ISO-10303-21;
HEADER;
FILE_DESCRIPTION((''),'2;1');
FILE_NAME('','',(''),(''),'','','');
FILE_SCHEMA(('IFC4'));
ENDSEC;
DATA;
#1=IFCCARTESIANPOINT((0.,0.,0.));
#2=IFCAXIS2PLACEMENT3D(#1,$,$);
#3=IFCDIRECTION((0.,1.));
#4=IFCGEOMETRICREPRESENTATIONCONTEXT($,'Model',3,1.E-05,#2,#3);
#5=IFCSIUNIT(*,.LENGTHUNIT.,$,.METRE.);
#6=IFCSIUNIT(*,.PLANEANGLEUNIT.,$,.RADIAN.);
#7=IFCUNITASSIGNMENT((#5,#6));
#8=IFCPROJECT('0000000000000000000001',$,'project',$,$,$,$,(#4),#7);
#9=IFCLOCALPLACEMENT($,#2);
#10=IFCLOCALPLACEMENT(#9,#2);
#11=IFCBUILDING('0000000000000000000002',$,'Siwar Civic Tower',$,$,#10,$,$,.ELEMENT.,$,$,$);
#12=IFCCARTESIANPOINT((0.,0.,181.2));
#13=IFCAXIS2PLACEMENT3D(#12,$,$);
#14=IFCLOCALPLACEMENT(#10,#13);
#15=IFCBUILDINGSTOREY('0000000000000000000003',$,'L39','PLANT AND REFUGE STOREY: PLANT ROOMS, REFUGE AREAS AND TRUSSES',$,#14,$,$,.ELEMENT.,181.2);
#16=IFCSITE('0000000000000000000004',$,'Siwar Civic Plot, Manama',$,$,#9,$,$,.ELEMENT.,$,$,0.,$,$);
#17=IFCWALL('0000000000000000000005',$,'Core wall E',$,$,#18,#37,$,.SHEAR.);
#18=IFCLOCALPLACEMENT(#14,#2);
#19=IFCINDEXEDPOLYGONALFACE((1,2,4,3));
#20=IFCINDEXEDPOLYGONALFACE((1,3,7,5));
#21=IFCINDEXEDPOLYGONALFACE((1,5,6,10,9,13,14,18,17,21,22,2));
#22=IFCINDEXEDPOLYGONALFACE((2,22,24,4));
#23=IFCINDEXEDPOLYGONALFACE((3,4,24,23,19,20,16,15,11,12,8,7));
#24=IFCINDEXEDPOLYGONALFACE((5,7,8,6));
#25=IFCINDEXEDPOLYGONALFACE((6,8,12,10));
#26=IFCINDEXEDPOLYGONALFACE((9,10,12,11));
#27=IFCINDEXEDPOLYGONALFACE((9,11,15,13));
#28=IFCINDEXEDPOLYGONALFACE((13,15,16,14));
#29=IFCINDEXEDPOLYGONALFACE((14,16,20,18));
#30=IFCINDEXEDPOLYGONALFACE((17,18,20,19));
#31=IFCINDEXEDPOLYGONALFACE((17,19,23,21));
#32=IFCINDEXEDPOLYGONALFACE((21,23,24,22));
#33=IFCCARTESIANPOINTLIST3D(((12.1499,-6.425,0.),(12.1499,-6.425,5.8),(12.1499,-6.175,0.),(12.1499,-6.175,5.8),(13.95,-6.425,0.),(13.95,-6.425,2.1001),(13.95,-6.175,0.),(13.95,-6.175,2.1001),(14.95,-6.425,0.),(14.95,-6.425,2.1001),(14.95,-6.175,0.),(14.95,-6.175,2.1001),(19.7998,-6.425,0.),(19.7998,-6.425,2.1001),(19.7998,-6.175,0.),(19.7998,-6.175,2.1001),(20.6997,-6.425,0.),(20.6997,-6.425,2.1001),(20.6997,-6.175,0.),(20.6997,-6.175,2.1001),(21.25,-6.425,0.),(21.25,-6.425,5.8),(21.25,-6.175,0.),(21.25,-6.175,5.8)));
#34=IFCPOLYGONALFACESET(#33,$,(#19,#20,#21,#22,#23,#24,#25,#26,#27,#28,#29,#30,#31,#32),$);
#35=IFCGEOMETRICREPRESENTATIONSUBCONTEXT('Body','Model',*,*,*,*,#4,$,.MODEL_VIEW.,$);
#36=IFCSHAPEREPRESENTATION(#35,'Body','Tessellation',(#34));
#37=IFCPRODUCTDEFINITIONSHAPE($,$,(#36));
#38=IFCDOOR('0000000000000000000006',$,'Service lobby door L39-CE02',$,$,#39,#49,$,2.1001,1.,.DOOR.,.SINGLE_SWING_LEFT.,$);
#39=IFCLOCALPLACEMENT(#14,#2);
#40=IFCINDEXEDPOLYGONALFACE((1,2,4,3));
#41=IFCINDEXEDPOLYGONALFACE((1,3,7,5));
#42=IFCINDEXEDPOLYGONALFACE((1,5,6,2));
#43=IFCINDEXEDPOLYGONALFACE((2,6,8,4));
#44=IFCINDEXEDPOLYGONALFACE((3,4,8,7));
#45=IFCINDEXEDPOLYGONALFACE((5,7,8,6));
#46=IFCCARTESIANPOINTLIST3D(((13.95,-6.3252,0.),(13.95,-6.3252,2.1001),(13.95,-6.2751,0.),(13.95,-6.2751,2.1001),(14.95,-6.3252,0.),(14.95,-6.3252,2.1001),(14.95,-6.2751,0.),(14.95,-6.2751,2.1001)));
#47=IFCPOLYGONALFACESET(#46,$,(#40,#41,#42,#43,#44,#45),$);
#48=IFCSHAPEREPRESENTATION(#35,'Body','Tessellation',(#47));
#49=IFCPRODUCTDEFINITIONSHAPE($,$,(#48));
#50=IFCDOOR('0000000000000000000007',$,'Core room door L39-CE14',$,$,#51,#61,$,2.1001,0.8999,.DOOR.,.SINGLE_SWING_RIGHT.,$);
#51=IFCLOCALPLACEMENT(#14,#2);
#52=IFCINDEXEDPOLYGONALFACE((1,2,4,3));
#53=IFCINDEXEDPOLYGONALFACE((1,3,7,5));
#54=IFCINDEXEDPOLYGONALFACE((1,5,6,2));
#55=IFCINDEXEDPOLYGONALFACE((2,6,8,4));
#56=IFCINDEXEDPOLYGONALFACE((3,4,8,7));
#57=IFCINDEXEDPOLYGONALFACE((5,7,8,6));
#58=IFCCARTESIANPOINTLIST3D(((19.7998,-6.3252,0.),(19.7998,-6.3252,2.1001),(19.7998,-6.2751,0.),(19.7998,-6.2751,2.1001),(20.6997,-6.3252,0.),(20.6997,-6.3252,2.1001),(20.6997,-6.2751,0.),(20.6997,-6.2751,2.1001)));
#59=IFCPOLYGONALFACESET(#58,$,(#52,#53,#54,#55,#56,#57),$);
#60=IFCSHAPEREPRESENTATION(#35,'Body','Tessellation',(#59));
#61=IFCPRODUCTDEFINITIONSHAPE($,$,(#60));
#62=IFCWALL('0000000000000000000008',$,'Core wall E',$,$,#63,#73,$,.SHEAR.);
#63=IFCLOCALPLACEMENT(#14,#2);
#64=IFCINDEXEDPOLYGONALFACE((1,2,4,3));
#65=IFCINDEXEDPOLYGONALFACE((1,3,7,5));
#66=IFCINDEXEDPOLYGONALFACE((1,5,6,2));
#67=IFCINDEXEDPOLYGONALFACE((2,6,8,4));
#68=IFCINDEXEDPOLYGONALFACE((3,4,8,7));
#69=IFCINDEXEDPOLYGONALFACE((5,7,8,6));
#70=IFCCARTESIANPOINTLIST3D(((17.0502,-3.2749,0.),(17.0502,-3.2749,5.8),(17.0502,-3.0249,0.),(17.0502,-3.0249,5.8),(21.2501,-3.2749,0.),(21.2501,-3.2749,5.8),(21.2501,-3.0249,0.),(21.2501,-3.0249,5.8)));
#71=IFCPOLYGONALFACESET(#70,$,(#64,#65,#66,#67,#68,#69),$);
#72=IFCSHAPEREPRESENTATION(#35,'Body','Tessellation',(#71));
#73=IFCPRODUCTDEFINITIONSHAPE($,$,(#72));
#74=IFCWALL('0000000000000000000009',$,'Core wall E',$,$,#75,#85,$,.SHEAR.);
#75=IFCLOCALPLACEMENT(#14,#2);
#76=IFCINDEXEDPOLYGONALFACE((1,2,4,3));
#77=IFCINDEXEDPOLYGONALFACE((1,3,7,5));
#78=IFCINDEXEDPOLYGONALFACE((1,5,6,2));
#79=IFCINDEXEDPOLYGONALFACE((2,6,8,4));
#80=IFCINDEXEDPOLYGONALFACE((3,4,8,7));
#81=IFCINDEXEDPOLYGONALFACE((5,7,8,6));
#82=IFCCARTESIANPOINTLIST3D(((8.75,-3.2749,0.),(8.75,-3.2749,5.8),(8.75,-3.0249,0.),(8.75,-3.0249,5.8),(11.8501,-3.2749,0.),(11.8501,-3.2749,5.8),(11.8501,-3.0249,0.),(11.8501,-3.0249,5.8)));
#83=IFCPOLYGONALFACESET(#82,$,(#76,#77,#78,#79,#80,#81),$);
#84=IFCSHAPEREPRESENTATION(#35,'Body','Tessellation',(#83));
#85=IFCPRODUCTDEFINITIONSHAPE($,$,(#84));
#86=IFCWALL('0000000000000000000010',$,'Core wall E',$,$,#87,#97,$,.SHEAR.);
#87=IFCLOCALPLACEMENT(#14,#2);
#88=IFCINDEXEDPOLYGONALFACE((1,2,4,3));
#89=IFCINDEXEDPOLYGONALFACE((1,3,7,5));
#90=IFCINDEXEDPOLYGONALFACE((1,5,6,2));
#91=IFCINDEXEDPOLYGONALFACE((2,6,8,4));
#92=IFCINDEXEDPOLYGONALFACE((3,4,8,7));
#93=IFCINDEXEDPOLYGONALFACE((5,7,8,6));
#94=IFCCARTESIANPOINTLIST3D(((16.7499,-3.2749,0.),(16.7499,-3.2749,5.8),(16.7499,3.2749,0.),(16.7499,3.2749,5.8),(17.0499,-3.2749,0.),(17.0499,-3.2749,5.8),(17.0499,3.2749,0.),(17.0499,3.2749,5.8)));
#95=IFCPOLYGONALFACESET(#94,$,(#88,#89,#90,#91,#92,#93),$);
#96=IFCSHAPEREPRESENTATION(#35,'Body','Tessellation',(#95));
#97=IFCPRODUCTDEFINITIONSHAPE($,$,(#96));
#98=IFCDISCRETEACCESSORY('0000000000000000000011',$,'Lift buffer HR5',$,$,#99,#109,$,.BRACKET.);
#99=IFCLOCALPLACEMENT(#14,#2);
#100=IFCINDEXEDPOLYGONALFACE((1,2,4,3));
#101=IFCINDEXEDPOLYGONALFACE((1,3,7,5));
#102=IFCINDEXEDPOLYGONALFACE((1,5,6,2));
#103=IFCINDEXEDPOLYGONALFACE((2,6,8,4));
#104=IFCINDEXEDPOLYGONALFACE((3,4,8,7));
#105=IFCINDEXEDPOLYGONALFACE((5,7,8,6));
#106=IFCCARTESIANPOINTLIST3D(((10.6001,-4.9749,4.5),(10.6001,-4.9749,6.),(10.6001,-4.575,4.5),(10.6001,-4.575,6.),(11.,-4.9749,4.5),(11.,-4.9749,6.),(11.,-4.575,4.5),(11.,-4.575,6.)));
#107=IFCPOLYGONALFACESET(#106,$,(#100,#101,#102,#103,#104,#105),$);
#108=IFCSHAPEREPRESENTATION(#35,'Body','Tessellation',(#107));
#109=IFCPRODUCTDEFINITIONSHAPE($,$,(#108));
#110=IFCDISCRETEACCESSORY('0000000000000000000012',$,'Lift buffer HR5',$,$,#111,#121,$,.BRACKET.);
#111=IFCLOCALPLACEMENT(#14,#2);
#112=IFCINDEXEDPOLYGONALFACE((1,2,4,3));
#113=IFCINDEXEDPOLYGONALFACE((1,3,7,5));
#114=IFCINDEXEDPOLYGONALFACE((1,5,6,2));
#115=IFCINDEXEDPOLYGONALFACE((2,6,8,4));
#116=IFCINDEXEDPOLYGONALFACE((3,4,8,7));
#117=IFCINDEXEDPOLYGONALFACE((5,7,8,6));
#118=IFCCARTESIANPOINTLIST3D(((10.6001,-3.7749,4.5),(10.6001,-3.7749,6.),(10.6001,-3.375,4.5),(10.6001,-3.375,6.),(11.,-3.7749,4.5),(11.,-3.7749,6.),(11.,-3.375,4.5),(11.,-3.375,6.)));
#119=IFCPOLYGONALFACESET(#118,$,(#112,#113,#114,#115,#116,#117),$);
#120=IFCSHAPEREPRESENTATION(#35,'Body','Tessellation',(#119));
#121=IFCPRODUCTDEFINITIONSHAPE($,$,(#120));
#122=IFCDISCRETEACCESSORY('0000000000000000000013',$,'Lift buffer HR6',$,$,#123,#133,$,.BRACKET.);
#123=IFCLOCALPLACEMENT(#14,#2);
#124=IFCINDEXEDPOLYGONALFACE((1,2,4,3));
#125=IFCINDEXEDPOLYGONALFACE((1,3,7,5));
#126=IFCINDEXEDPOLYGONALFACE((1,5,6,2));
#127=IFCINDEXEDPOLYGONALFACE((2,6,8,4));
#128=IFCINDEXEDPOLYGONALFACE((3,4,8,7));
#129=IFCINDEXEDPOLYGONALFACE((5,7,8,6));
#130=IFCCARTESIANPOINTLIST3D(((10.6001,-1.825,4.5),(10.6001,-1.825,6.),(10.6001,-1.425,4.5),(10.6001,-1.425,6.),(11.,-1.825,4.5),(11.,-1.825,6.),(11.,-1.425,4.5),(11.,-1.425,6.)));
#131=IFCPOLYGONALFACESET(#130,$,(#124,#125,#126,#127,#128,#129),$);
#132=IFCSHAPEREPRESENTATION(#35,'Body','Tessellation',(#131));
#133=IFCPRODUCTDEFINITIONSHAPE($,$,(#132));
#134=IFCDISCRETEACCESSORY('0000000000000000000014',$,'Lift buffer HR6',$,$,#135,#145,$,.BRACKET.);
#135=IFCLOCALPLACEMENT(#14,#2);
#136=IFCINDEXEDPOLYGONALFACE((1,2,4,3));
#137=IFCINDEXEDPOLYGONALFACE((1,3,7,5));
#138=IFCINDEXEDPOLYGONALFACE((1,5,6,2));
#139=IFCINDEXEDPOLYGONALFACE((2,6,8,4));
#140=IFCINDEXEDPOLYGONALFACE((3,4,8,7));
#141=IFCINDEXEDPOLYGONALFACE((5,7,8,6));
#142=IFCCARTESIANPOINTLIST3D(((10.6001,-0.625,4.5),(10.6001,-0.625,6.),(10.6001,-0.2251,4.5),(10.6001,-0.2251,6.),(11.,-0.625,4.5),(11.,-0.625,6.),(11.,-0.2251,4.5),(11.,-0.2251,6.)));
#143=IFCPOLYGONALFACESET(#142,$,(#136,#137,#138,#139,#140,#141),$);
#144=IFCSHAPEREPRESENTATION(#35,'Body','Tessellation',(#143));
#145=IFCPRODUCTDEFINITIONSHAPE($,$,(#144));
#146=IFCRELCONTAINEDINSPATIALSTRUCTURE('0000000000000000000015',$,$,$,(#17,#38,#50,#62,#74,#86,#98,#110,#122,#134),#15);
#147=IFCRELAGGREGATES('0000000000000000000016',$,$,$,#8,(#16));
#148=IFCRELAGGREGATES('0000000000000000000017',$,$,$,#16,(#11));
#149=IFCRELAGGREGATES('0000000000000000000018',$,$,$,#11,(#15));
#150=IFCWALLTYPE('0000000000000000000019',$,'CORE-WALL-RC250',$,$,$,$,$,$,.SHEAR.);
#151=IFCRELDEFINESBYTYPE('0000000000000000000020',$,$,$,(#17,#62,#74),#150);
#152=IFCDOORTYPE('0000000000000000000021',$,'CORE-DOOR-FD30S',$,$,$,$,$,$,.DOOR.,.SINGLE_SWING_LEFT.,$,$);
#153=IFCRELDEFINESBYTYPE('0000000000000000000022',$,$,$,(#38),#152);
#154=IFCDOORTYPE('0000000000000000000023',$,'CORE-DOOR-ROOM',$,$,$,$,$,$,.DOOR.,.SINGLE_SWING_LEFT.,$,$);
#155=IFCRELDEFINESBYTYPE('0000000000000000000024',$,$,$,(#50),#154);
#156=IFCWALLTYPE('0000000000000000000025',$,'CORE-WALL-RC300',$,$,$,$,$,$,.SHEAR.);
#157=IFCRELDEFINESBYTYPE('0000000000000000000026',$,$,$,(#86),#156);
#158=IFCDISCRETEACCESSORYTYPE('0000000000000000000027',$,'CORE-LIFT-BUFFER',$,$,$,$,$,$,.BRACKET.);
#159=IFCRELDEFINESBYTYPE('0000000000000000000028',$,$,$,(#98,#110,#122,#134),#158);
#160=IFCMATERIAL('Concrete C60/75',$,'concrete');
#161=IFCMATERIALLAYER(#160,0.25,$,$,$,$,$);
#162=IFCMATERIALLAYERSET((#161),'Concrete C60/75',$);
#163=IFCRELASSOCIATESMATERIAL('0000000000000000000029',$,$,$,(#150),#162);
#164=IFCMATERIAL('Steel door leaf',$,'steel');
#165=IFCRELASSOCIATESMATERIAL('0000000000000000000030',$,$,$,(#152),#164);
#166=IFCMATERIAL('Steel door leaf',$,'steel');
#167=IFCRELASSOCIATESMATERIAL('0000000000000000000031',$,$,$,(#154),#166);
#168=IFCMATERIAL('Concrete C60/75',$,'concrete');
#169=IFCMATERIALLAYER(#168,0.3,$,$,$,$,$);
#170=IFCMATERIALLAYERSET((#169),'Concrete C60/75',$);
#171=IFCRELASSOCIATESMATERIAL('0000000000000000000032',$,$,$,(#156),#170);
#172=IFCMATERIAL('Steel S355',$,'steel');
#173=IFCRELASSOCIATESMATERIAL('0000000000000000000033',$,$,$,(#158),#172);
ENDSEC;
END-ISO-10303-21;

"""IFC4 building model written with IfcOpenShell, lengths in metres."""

from ifc_helpers import new_model, si_unit, direction, frame, frame_2d, origin, origin_2d, place, context, subcontext, project, spatial, rectangle, extrude, material, layer, layer_set, type_object, element, fill, save


model = new_model("IFC4")

# Units and contexts
model_context = context("Model", 3, precision=1e-05, world=origin(), true_north=direction((0.0, 1.0)))
body_context = subcontext(model_context, "Body", "Model", "MODEL_VIEW")
ifc_project = project(units=[si_unit("LENGTHUNIT", "METRE"), si_unit("PLANEANGLEUNIT", "RADIAN")], contexts=[model_context])

# Site, building, storey
site_placement = place(None, origin())
site = spatial("IfcSite", under=ifc_project, at=site_placement, Name="Siwar Civic Plot, Manama", CompositionType="ELEMENT", RefElevation=0.0)
building_placement = place(site_placement, origin())
building = spatial("IfcBuilding", under=site, at=building_placement, Name="Siwar Civic Tower", CompositionType="ELEMENT")
storey_placement = place(building_placement, frame((0.0, 0.0, 181.2)))
storey = spatial("IfcBuildingStorey", under=building, at=storey_placement, Name="L39", Description="PLANT AND REFUGE STOREY: PLANT ROOMS, REFUGE AREAS AND TRUSSES", CompositionType="ELEMENT", Elevation=181.2)

# Wall, openings, doors
ifc_material_1 = material(Name="Concrete C60/75", Category="concrete")
ifc_layer_1 = layer(ifc_material_1, 0.25)
ifc_layer_set_1 = layer_set([ifc_layer_1], Name="Concrete C60/75")
wall_type_1 = type_object("IfcWallType", Name="CORE-WALL-RC250", PredefinedType="SHEAR", material=ifc_layer_set_1)
wall_1_placement = place(storey_placement, frame((12.1499, -6.3, 0.0), z_axis=(0.0, 0.0, 1.0), x_axis=(1.0, 0.0, 0.0)))
wall_1 = element("IfcWall", 1, at=wall_1_placement, inside=storey, type_object=wall_type_1, Name="Core wall E", PredefinedType="SHEAR", context=body_context, shape_type="SweptSolid", body=[
    extrude(rectangle(XDim=9.1001, YDim=0.25, at=frame_2d((4.55, 0.0))), origin(), (0.0, 0.0, 1.0), 5.8),
])
opening_1_placement = place(wall_1_placement, frame((1.8, 0.0, 0.0)))
opening_1 = element("IfcOpeningElement", 2, at=opening_1_placement, cuts=wall_1, PredefinedType="OPENING", context=body_context, shape_type="SweptSolid", body=[
    extrude(rectangle(XDim=1.0, YDim=2.1001, at=frame_2d((0.5, 1.05))), frame((0.0, 0.135, 0.0), z_axis=(0.0, -1.0, 0.0), x_axis=(1.0, 0.0, 0.0)), (0.0, 0.0, 1.0), 0.27),
])
opening_2_placement = place(wall_1_placement, frame((7.6499, 0.0, 0.0)))
opening_2 = element("IfcOpeningElement", 3, at=opening_2_placement, cuts=wall_1, PredefinedType="OPENING", context=body_context, shape_type="SweptSolid", body=[
    extrude(rectangle(XDim=0.8999, YDim=2.1001, at=frame_2d((0.45, 1.05))), frame((0.0, 0.135, 0.0), z_axis=(0.0, -1.0, 0.0), x_axis=(1.0, 0.0, 0.0)), (0.0, 0.0, 1.0), 0.27),
])
ifc_material_2 = material(Name="Steel door leaf", Category="steel")
door_type_1 = type_object("IfcDoorType", Name="CORE-DOOR-FD30S", OperationType="SINGLE_SWING_LEFT", PredefinedType="DOOR", material=ifc_material_2)
door_1_placement = place(opening_1_placement, origin())
door_1 = element("IfcDoor", 4, at=door_1_placement, inside=storey, type_object=door_type_1, Name="Service lobby door L39-CE02", OperationType="SINGLE_SWING_LEFT", OverallHeight=2.1001, OverallWidth=1.0, PredefinedType="DOOR", context=body_context, shape_type="SweptSolid", body=[
    extrude(rectangle(XDim=1.0, YDim=2.1001, at=frame_2d((0.5, 1.05))), frame((0.0, 0.0249, 0.0), z_axis=(0.0, -1.0, 0.0), x_axis=(1.0, 0.0, 0.0)), (0.0, 0.0, 1.0), 0.05),
])
fill(opening_1, door_1)
ifc_material_3 = material(Name="Steel door leaf", Category="steel")
door_type_2 = type_object("IfcDoorType", Name="CORE-DOOR-ROOM", OperationType="SINGLE_SWING_LEFT", PredefinedType="DOOR", material=ifc_material_3)
door_2_placement = place(opening_2_placement, origin())
door_2 = element("IfcDoor", 5, at=door_2_placement, inside=storey, type_object=door_type_2, Name="Core room door L39-CE14", OperationType="SINGLE_SWING_RIGHT", OverallHeight=2.1001, OverallWidth=0.8999, PredefinedType="DOOR", context=body_context, shape_type="SweptSolid", body=[
    extrude(rectangle(XDim=0.8999, YDim=2.1001, at=frame_2d((0.45, 1.05))), frame((0.0, 0.0249, 0.0), z_axis=(0.0, -1.0, 0.0), x_axis=(1.0, 0.0, 0.0)), (0.0, 0.0, 1.0), 0.05),
])
fill(opening_2, door_2)

# Walls
wall_2_placement = place(storey_placement, frame((17.05, -3.1499, 0.0), z_axis=(0.0, 0.0, 1.0), x_axis=(1.0, 0.0, 0.0)))
element("IfcWall", 6, at=wall_2_placement, inside=storey, type_object=wall_type_1, Name="Core wall E", PredefinedType="SHEAR", context=body_context, shape_type="SweptSolid", body=[
    extrude(rectangle(XDim=4.2, YDim=0.25, at=frame_2d((2.1001, 0.0))), origin(), (0.0, 0.0, 1.0), 5.8),
])
wall_3_placement = place(storey_placement, frame((8.75, -3.1499, 0.0), z_axis=(0.0, 0.0, 1.0), x_axis=(1.0, 0.0, 0.0)))
element("IfcWall", 7, at=wall_3_placement, inside=storey, type_object=wall_type_1, Name="Core wall E", PredefinedType="SHEAR", context=body_context, shape_type="SweptSolid", body=[
    extrude(rectangle(XDim=3.1001, YDim=0.25, at=frame_2d((1.55, 0.0))), origin(), (0.0, 0.0, 1.0), 5.8),
])
ifc_material_4 = material(Name="Concrete C60/75", Category="concrete")
ifc_layer_2 = layer(ifc_material_4, 0.3)
ifc_layer_set_2 = layer_set([ifc_layer_2], Name="Concrete C60/75")
wall_type_2 = type_object("IfcWallType", Name="CORE-WALL-RC300", PredefinedType="SHEAR", material=ifc_layer_set_2)
wall_4_placement = place(storey_placement, frame((16.8999, -3.2749, 0.0), z_axis=(0.0, 0.0, 1.0), x_axis=(0.0, 1.0, 0.0)))
element("IfcWall", 8, at=wall_4_placement, inside=storey, type_object=wall_type_2, Name="Core wall E", PredefinedType="SHEAR", context=body_context, shape_type="SweptSolid", body=[
    extrude(rectangle(XDim=6.5498, YDim=0.3, at=frame_2d((3.2749, 0.0))), origin(), (0.0, 0.0, 1.0), 5.8),
])

# Discrete accessories
ifc_material_5 = material(Name="Steel S355", Category="steel")
discrete_accessory_type = type_object("IfcDiscreteAccessoryType", Name="CORE-LIFT-BUFFER", PredefinedType="BRACKET", material=ifc_material_5)
for number, where, z_axis, x_axis, name in (
    (9, (10.8, -4.7749, 4.5), (0.0, 0.0, 1.0), (1.0, 0.0, 0.0), "Lift buffer HR5"),
    (10, (10.8, -3.575, 4.5), (0.0, 0.0, 1.0), (1.0, 0.0, 0.0), "Lift buffer HR5"),
    (11, (10.8, -1.625, 4.5), (0.0, 0.0, 1.0), (1.0, 0.0, 0.0), "Lift buffer HR6"),
    (12, (10.8, -0.425, 4.5), (0.0, 0.0, 1.0), (1.0, 0.0, 0.0), "Lift buffer HR6"),
):
    element("IfcDiscreteAccessory", number, at=place(storey_placement, frame(where, z_axis=z_axis, x_axis=x_axis)), inside=storey, type_object=discrete_accessory_type, Name=name, PredefinedType="BRACKET", context=body_context, shape_type="SweptSolid", body=[
        extrude(rectangle(XDim=0.3999, YDim=0.3999, at=origin_2d()), origin(), (0.0, 0.0, 1.0), 1.5),
    ])

save(model, "model.ifc")
